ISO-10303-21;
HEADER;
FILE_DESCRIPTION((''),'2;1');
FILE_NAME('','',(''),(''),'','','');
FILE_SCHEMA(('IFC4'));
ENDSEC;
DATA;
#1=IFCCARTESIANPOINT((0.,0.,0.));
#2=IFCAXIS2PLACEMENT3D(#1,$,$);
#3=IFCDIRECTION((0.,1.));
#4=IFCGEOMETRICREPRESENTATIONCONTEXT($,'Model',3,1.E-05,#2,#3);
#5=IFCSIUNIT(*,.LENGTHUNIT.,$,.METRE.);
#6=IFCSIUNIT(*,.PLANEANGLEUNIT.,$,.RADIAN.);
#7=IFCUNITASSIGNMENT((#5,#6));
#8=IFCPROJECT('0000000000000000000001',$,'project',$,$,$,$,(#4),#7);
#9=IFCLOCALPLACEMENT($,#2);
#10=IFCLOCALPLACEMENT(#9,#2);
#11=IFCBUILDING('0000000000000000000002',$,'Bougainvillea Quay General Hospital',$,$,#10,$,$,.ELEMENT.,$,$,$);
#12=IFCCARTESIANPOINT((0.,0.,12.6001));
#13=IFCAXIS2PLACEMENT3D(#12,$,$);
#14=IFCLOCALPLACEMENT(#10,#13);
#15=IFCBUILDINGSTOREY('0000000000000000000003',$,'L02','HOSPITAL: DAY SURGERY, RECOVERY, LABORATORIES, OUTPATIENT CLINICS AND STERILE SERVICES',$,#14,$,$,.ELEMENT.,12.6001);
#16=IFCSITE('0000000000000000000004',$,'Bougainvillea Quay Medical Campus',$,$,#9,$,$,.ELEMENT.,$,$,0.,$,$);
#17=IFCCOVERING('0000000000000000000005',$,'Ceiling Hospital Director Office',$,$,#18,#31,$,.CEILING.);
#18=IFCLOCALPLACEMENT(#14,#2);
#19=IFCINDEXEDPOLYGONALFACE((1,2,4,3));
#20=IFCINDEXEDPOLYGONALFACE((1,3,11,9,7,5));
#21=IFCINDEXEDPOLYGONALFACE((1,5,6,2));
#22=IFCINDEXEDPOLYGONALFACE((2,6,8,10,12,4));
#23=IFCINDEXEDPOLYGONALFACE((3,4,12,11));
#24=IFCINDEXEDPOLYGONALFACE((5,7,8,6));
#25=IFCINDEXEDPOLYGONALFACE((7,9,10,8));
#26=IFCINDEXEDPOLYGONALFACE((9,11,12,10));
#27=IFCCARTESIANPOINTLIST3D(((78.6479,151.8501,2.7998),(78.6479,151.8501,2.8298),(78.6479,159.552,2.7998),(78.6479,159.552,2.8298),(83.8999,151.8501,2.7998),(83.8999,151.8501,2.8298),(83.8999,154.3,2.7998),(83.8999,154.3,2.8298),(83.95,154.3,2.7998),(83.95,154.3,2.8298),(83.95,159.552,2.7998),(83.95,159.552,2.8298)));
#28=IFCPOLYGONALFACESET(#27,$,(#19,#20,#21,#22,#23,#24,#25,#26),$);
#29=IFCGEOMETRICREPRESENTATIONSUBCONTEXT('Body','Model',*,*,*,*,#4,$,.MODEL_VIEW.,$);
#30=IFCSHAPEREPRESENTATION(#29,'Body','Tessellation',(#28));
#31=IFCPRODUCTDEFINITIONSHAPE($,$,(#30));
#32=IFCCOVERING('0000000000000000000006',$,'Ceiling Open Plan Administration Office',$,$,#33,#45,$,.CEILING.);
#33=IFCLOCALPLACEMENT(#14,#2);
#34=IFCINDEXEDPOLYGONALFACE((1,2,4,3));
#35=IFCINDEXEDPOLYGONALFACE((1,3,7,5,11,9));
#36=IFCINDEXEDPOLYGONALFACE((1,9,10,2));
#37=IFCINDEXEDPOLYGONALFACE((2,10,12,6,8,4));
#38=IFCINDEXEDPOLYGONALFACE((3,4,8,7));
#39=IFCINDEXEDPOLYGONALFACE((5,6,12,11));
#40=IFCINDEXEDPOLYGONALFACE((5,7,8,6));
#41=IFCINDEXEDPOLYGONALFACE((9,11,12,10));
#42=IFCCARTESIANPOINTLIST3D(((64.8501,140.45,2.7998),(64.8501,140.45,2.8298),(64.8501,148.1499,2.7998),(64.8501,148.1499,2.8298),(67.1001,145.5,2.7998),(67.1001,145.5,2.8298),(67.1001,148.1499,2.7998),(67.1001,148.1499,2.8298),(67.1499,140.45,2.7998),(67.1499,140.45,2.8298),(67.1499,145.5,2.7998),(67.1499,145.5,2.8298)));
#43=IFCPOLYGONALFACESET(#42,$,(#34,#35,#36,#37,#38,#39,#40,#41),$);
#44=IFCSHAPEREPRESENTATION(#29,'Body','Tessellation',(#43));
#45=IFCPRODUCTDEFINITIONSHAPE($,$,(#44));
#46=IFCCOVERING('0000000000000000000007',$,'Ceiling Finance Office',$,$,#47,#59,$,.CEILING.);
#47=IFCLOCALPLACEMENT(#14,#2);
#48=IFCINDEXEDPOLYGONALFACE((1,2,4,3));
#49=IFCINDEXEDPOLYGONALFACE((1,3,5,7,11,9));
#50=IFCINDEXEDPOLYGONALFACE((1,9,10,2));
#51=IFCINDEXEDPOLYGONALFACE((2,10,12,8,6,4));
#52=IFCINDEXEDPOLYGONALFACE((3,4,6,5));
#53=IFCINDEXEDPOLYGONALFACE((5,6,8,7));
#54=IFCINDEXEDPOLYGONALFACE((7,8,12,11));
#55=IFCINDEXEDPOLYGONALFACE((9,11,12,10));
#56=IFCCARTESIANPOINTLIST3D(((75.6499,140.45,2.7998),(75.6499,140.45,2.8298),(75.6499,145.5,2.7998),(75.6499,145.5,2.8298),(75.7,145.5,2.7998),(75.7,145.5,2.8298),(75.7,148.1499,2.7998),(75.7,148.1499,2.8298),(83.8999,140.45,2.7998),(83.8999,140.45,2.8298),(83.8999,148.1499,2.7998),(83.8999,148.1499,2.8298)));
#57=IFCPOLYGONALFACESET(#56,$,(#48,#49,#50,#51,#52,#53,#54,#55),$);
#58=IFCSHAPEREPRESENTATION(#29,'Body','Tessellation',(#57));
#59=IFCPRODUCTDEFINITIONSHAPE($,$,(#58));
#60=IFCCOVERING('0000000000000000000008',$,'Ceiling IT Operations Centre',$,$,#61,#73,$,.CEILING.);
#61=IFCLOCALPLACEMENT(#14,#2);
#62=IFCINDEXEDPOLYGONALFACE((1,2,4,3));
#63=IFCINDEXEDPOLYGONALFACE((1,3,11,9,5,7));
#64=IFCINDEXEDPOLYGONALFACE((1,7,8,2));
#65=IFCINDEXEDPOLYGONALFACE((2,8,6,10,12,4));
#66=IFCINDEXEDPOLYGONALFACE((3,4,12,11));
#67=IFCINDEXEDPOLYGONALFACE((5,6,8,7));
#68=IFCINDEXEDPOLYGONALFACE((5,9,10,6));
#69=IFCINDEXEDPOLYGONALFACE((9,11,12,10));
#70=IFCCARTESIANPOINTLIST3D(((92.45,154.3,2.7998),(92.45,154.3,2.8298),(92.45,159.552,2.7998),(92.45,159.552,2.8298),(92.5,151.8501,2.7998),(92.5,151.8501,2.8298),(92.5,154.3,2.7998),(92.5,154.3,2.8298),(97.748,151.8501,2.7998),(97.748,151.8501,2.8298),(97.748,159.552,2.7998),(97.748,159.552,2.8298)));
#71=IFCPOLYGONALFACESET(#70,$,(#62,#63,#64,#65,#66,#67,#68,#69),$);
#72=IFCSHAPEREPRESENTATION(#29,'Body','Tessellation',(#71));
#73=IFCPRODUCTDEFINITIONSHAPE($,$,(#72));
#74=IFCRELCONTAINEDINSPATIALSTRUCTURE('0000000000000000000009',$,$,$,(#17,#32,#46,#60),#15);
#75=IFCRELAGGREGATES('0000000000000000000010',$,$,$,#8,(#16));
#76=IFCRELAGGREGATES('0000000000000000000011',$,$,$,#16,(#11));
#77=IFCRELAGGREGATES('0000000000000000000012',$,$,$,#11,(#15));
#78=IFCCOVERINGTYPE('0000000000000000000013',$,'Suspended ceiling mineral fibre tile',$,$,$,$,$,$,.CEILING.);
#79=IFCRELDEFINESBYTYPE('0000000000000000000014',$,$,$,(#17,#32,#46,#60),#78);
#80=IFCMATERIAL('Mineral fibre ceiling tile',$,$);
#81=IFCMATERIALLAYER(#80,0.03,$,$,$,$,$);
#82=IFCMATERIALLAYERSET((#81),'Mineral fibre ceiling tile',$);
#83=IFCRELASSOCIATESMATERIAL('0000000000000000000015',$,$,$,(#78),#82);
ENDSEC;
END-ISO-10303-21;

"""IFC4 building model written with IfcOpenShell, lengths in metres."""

from ifc_helpers import new_model, si_unit, direction, frame, origin, place, context, subcontext, project, spatial, polyline, outline, extrude, material, layer, layer_set, type_object, element, save


model = new_model("IFC4")

# Units and contexts
model_context = context("Model", 3, precision=1e-05, world=origin(), true_north=direction((0.0, 1.0)))
body_context = subcontext(model_context, "Body", "Model", "MODEL_VIEW")
ifc_project = project(units=[si_unit("LENGTHUNIT", "METRE"), si_unit("PLANEANGLEUNIT", "RADIAN")], contexts=[model_context])

# Site, building, storey
site_placement = place(None, origin())
site = spatial("IfcSite", under=ifc_project, at=site_placement, Name="Bougainvillea Quay Medical Campus", CompositionType="ELEMENT", RefElevation=0.0)
building_placement = place(site_placement, origin())
building = spatial("IfcBuilding", under=site, at=building_placement, Name="Bougainvillea Quay General Hospital", CompositionType="ELEMENT")
storey_placement = place(building_placement, frame((0.0, 0.0, 12.6001)))
storey = spatial("IfcBuildingStorey", under=building, at=storey_placement, Name="L02", Description="HOSPITAL: DAY SURGERY, RECOVERY, LABORATORIES, OUTPATIENT CLINICS AND STERILE SERVICES", CompositionType="ELEMENT", Elevation=12.6001)

# Coverings
ifc_material = material(Name="Mineral fibre ceiling tile")
ifc_layer = layer(ifc_material, 0.03)
ifc_layer_set = layer_set([ifc_layer], Name="Mineral fibre ceiling tile")
covering_type = type_object("IfcCoveringType", Name="Suspended ceiling mineral fibre tile", PredefinedType="CEILING", material=ifc_layer_set)
covering_1_placement = place(storey_placement, frame((0.0, 0.0, 2.7998)))
element("IfcCovering", 1, at=covering_1_placement, inside=storey, type_object=covering_type, Name="Ceiling Hospital Director Office", PredefinedType="CEILING", context=body_context, shape_type="SweptSolid", body=[
    extrude(outline(polyline([(83.95, 154.3), (83.95, 159.552), (78.6479, 159.552), (78.6479, 151.8501), (83.8999, 151.8501), (83.8999, 154.3), (83.95, 154.3)])), origin(), (0.0, 0.0, 1.0), 0.03),
])
covering_2_placement = place(storey_placement, frame((0.0, 0.0, 2.7998)))
element("IfcCovering", 2, at=covering_2_placement, inside=storey, type_object=covering_type, Name="Ceiling Open Plan Administration Office", PredefinedType="CEILING", context=body_context, shape_type="SweptSolid", body=[
    extrude(outline(polyline([(64.8501, 148.1499), (64.8501, 140.45), (67.1499, 140.45), (67.1499, 145.5), (67.1001, 145.5), (67.1001, 148.1499), (64.8501, 148.1499)])), origin(), (0.0, 0.0, 1.0), 0.03),
])
covering_3_placement = place(storey_placement, frame((0.0, 0.0, 2.7998)))
element("IfcCovering", 3, at=covering_3_placement, inside=storey, type_object=covering_type, Name="Ceiling Finance Office", PredefinedType="CEILING", context=body_context, shape_type="SweptSolid", body=[
    extrude(outline(polyline([(75.6499, 145.5), (75.6499, 140.45), (83.8999, 140.45), (83.8999, 148.1499), (75.7, 148.1499), (75.7, 145.5), (75.6499, 145.5)])), origin(), (0.0, 0.0, 1.0), 0.03),
])
covering_4_placement = place(storey_placement, frame((0.0, 0.0, 2.7998)))
element("IfcCovering", 4, at=covering_4_placement, inside=storey, type_object=covering_type, Name="Ceiling IT Operations Centre", PredefinedType="CEILING", context=body_context, shape_type="SweptSolid", body=[
    extrude(outline(polyline([(97.748, 151.8501), (97.748, 159.552), (92.45, 159.552), (92.45, 154.3), (92.5, 154.3), (92.5, 151.8501), (97.748, 151.8501)])), origin(), (0.0, 0.0, 1.0), 0.03),
])

save(model, "model.ifc")
